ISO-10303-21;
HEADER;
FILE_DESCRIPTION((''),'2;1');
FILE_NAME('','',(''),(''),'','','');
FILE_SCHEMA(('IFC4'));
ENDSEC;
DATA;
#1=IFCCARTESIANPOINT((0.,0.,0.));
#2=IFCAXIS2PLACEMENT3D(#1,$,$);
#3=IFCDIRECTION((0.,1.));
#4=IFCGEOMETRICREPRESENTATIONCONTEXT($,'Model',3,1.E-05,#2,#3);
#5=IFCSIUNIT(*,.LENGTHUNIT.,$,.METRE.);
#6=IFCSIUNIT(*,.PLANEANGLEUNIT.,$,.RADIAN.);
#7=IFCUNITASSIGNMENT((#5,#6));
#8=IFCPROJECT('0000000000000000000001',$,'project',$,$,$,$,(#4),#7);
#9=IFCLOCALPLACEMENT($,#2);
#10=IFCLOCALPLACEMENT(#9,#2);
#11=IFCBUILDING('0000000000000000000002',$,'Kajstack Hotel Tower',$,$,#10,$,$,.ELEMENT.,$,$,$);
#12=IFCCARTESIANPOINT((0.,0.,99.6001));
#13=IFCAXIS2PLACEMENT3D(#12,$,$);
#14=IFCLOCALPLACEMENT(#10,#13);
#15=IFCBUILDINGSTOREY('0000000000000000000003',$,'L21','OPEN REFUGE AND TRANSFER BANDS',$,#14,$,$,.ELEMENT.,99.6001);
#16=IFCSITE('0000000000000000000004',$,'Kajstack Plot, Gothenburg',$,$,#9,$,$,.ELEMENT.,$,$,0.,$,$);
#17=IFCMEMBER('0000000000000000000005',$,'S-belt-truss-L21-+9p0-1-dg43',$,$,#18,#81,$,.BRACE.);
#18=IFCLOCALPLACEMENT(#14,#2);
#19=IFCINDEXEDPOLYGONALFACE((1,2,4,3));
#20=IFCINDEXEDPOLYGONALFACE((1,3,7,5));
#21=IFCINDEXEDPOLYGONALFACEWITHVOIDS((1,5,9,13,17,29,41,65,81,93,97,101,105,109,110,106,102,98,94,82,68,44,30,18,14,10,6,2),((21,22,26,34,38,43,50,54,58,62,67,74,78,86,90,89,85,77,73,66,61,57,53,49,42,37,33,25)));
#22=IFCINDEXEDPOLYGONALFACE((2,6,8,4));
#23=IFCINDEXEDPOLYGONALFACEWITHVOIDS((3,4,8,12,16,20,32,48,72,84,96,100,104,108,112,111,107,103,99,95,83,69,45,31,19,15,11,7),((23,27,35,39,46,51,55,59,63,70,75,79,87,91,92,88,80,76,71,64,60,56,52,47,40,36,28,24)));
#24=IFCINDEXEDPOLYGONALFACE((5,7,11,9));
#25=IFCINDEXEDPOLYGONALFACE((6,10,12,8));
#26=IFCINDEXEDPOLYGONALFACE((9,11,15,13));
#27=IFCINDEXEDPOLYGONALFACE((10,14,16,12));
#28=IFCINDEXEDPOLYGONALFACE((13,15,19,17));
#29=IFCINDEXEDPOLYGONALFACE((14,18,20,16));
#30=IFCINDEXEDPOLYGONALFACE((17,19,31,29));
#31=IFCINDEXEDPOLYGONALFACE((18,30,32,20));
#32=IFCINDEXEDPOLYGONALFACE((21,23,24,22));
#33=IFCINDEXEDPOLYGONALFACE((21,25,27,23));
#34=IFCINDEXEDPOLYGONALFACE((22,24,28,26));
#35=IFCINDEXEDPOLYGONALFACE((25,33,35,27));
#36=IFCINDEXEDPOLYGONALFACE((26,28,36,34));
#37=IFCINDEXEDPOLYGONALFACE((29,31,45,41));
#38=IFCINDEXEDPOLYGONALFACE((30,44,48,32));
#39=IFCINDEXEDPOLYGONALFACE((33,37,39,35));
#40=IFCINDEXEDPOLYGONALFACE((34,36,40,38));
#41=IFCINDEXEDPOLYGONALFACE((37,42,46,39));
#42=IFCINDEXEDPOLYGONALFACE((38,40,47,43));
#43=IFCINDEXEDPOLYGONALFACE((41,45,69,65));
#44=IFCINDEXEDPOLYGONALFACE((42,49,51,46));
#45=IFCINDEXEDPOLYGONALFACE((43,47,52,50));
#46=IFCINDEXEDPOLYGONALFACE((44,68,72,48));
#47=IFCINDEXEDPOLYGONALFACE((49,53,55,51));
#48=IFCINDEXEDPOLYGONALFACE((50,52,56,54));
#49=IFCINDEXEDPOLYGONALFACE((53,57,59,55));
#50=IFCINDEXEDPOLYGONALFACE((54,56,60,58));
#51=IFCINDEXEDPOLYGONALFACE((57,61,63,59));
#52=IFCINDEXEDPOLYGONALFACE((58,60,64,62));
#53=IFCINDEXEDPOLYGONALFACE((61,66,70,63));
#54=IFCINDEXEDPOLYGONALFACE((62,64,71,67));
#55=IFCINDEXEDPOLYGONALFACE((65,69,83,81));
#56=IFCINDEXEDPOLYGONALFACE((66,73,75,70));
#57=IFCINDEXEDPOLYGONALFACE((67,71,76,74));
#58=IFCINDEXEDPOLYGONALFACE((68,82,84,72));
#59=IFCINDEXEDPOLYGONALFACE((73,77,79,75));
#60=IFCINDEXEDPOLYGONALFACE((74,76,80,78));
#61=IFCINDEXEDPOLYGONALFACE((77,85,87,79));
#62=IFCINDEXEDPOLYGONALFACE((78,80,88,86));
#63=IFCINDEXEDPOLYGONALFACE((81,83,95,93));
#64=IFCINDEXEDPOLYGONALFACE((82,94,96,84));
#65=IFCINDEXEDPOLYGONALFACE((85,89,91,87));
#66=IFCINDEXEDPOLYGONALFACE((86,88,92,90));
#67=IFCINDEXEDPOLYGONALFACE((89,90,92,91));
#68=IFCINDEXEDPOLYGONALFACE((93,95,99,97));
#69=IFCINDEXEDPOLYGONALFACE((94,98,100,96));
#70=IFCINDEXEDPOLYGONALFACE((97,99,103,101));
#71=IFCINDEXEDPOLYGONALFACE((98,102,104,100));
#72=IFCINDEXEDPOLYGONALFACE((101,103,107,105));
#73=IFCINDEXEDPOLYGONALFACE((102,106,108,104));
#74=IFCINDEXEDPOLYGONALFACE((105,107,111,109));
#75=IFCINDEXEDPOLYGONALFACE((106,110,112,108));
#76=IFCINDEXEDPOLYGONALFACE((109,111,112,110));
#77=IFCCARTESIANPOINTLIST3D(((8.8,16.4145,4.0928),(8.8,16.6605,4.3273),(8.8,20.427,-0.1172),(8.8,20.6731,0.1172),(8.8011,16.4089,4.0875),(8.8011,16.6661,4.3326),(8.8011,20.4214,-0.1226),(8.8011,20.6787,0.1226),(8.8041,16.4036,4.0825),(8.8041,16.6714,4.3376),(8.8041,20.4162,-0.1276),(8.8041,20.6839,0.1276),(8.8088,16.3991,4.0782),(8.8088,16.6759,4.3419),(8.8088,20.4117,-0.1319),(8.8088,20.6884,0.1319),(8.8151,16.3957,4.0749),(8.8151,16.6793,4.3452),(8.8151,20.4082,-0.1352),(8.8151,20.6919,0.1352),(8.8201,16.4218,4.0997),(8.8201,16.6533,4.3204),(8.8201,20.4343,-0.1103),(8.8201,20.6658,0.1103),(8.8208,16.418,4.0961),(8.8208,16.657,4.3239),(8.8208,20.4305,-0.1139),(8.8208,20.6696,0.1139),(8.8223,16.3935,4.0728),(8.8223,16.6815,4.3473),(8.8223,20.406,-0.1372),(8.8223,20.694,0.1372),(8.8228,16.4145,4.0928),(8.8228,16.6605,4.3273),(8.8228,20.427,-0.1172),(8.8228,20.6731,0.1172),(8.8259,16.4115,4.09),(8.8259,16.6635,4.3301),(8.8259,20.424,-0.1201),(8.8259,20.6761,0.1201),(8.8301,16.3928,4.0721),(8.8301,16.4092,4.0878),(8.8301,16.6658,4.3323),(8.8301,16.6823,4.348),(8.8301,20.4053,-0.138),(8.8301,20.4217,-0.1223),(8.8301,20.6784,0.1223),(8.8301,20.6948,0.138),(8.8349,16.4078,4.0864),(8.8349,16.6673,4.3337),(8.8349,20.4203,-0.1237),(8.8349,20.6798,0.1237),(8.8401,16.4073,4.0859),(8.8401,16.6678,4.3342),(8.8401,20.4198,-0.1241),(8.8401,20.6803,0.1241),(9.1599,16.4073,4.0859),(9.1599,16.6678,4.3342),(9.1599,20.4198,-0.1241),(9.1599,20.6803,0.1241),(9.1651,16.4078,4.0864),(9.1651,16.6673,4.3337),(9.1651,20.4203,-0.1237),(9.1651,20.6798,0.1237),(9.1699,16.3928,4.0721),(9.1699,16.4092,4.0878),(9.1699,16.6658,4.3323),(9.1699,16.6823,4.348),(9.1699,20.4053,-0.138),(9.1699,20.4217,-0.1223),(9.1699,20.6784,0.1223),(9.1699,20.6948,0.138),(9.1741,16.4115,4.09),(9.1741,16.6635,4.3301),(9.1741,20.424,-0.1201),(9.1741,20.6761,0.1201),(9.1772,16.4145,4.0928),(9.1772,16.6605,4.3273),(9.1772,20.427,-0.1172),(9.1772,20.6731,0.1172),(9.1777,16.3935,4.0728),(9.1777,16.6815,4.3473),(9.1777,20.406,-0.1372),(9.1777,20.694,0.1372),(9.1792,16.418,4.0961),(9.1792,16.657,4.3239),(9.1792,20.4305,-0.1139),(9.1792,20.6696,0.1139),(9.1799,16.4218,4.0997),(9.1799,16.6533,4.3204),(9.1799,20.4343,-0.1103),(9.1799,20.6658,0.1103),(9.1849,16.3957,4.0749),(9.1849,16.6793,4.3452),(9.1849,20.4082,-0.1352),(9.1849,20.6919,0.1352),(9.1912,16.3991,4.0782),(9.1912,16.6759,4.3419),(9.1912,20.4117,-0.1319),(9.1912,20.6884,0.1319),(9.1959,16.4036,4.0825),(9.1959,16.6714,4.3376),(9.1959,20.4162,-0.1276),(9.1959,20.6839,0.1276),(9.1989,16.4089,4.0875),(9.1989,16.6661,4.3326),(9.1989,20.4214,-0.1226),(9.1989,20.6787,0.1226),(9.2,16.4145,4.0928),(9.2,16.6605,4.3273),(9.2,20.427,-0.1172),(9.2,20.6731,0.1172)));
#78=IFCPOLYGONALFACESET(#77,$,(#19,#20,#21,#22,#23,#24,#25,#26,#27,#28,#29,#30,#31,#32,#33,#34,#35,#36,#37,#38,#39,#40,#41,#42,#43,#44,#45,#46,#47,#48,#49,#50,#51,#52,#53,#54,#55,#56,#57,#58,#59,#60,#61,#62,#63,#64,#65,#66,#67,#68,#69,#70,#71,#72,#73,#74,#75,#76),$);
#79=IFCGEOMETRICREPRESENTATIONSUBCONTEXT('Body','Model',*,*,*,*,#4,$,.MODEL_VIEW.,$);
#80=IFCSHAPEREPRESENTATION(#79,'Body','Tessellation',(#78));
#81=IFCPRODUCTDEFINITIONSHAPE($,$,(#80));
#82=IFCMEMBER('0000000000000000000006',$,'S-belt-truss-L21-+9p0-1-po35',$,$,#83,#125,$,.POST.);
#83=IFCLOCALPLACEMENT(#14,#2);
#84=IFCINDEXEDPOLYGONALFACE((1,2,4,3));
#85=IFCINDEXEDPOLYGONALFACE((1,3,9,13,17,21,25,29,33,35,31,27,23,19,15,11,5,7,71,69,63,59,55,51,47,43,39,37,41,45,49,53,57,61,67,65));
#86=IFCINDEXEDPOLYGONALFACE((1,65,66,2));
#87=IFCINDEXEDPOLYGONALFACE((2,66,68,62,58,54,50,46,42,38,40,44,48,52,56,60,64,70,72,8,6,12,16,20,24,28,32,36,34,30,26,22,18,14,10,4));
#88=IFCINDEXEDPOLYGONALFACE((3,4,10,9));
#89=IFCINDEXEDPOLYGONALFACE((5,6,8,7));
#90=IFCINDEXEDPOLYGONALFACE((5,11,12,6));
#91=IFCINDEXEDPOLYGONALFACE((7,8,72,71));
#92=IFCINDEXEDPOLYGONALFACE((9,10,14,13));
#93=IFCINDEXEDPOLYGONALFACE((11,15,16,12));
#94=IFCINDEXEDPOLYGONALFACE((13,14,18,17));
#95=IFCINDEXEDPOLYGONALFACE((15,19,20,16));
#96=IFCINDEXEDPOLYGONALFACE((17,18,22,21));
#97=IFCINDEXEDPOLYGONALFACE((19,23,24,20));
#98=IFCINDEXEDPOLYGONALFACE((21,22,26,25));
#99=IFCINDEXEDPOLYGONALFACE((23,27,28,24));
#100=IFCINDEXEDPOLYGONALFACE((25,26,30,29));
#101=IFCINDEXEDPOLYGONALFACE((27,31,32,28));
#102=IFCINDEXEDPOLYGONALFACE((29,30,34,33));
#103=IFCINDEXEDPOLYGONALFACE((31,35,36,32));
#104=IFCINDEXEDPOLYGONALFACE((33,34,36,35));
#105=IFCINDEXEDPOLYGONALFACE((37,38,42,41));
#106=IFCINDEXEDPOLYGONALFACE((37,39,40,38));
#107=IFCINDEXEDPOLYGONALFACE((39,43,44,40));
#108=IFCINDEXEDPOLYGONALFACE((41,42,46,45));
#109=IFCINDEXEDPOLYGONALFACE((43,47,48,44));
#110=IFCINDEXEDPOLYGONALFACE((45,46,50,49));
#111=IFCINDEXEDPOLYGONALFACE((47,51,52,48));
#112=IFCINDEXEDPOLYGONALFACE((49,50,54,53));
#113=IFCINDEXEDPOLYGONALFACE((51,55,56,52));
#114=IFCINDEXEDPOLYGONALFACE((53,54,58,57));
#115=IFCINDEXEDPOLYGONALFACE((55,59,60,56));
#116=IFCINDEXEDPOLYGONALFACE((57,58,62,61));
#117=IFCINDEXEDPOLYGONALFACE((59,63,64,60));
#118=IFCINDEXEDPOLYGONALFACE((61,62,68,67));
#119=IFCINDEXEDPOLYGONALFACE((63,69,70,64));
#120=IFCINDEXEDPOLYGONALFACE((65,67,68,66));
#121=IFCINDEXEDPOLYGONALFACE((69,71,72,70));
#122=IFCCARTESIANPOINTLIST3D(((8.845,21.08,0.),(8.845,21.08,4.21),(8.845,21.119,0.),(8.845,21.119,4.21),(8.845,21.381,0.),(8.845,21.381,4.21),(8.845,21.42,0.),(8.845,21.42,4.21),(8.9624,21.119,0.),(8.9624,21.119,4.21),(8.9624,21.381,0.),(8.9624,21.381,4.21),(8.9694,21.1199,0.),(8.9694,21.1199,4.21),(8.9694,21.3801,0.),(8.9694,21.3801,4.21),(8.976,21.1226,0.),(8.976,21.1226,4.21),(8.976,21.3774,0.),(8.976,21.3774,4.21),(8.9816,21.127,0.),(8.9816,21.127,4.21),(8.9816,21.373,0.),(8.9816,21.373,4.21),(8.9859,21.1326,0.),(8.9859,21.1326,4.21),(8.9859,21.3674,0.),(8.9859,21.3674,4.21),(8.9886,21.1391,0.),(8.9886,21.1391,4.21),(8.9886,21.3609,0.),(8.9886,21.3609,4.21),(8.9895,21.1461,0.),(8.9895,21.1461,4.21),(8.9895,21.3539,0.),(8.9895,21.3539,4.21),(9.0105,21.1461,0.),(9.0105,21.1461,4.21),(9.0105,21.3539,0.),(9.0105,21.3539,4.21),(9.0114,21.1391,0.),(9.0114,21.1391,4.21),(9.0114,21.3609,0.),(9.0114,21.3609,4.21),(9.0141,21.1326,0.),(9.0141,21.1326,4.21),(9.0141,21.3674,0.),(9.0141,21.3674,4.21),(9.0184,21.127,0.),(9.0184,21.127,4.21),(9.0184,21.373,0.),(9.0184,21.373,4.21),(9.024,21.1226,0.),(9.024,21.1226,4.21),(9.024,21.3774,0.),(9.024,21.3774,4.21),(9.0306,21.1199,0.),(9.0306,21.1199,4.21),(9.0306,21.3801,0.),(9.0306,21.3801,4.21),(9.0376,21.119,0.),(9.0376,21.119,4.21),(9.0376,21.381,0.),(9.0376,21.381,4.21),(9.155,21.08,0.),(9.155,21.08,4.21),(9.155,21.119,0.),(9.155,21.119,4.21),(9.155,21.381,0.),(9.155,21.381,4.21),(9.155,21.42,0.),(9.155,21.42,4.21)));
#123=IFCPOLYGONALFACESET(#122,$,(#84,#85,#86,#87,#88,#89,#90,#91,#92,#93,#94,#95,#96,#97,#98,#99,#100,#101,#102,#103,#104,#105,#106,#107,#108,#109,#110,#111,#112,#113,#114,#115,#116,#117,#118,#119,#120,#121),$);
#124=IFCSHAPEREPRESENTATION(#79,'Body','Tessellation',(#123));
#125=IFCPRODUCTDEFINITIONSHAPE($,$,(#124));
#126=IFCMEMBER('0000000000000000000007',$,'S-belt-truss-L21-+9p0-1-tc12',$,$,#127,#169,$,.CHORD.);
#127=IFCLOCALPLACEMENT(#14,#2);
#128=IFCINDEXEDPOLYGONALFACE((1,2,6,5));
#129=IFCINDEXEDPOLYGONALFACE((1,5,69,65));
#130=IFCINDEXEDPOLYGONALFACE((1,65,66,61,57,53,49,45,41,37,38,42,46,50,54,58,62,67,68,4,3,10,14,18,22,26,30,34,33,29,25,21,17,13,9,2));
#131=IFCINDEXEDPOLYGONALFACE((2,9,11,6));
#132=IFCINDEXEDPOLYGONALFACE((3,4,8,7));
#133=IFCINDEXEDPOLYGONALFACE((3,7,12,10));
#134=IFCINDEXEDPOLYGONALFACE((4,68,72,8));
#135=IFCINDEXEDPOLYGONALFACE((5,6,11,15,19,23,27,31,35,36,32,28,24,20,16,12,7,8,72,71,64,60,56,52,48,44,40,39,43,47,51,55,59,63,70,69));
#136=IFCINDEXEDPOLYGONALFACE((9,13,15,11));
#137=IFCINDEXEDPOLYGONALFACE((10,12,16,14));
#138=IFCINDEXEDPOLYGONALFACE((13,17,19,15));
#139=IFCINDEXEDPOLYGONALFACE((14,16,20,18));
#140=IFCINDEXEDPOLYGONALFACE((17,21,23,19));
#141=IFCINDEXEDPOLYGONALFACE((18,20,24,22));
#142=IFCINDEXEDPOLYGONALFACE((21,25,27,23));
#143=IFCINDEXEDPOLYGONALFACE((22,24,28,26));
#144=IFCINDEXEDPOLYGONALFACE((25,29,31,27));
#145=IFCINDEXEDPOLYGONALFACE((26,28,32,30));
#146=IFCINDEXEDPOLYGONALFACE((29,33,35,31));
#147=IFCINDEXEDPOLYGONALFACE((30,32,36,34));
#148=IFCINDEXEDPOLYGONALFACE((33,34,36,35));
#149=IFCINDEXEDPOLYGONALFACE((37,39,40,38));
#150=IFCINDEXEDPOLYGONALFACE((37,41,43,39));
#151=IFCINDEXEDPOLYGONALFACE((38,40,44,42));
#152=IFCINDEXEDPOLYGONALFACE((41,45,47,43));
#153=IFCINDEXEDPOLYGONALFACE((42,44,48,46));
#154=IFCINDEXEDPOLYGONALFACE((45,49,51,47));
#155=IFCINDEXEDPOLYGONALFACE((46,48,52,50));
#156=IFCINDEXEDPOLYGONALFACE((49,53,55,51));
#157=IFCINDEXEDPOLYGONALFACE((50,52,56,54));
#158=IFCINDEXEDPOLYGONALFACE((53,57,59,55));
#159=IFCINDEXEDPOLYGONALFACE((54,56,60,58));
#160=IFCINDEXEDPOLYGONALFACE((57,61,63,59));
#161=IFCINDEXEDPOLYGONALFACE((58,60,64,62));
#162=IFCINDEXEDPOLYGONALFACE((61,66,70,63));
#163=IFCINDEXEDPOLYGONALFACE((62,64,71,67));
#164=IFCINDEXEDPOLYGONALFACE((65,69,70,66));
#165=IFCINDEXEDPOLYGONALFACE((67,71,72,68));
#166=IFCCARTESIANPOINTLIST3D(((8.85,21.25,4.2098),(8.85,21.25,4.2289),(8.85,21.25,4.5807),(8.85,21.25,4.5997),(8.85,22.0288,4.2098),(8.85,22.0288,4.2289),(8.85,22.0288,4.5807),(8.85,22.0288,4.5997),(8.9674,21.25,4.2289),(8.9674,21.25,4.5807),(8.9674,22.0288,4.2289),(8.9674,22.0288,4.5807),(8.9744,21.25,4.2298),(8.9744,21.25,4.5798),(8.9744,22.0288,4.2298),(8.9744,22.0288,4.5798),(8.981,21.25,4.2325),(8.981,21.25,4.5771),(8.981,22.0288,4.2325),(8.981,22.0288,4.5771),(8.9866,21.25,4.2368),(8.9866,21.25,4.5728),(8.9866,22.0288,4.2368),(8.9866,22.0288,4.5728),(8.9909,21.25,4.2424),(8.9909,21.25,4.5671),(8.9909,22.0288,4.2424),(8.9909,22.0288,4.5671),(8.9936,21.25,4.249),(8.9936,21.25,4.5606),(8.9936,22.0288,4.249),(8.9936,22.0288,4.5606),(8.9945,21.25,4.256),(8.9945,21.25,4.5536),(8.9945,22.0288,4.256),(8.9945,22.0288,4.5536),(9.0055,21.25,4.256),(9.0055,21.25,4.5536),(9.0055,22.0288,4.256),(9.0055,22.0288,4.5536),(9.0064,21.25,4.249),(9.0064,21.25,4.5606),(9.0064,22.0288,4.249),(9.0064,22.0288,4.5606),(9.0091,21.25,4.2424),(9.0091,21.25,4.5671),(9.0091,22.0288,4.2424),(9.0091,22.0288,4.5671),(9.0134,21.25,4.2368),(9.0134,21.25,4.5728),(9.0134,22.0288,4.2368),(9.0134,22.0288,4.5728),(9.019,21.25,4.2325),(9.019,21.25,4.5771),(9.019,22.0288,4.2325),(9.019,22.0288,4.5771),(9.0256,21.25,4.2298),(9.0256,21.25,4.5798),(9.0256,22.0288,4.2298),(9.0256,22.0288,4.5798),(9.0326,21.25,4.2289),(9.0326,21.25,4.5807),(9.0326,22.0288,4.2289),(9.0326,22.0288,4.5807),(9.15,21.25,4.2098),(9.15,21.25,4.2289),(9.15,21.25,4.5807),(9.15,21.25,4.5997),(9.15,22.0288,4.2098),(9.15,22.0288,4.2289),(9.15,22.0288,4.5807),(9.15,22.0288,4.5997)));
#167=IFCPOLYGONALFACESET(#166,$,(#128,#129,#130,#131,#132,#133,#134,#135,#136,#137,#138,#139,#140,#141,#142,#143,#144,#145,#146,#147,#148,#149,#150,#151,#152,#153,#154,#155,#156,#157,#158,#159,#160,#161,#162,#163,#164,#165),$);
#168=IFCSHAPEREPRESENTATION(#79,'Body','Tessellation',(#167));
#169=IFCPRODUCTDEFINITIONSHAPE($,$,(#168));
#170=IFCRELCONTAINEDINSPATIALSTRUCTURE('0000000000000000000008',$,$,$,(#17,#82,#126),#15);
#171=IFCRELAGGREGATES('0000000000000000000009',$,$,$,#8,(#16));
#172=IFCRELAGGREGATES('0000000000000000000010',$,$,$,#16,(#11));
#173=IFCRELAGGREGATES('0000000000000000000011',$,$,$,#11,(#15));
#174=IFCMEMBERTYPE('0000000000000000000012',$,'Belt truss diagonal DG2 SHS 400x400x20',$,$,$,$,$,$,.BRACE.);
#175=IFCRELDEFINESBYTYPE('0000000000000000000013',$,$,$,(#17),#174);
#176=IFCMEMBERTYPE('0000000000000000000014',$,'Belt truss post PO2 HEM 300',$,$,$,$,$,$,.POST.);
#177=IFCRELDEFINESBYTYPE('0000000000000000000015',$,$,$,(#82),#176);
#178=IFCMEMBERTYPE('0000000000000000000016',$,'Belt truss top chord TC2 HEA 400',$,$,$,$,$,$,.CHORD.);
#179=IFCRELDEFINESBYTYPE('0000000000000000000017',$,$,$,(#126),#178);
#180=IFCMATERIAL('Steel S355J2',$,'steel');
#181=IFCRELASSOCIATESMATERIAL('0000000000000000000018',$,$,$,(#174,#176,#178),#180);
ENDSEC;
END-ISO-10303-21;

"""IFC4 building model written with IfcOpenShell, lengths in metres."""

from ifc_helpers import new_model, si_unit, direction, frame, origin, origin_2d, place, context, subcontext, project, spatial, hollow_rectangle, i_section, extrude, material, material_profile, profile_set, type_object, element, save


model = new_model("IFC4")

# Units and contexts
model_context = context("Model", 3, precision=1e-05, world=origin(), true_north=direction((0.0, 1.0)))
body_context = subcontext(model_context, "Body", "Model", "MODEL_VIEW")
ifc_project = project(units=[si_unit("LENGTHUNIT", "METRE"), si_unit("PLANEANGLEUNIT", "RADIAN")], contexts=[model_context])

# Site, building, storey
site_placement = place(None, origin())
site = spatial("IfcSite", under=ifc_project, at=site_placement, Name="Kajstack Plot, Gothenburg", CompositionType="ELEMENT", RefElevation=0.0)
building_placement = place(site_placement, origin())
building = spatial("IfcBuilding", under=site, at=building_placement, Name="Kajstack Hotel Tower", CompositionType="ELEMENT")
storey_placement = place(building_placement, frame((0.0, 0.0, 99.6001)))
storey = spatial("IfcBuildingStorey", under=building, at=storey_placement, Name="L21", Description="OPEN REFUGE AND TRANSFER BANDS", CompositionType="ELEMENT", Elevation=99.6001)

# Members
ifc_material_1 = material(Name="Steel S355J2", Category="steel")
ifc_material_profile_1 = material_profile(ifc_material_1, hollow_rectangle(XDim=0.3999, YDim=0.3999, WallThickness=0.02, InnerFilletRadius=0.02, OuterFilletRadius=0.03, at=origin_2d()), Name="SHS 400x400x20")
ifc_profile_set_1 = profile_set([ifc_material_profile_1], Name="Steel S355J2")
member_type_1 = type_object("IfcMemberType", Name="Belt truss diagonal DG2 SHS 400x400x20", PredefinedType="BRACE", material=ifc_profile_set_1)
member_1_placement = place(storey_placement, frame((9.0, 20.55, 0.0), z_axis=(0.0, -0.689922, 0.723883), x_axis=(1.0, 0.0, 0.0)))
element("IfcMember", 1, at=member_1_placement, inside=storey, type_object=member_type_1, Name="S-belt-truss-L21-+9p0-1-dg43", PredefinedType="BRACE", context=body_context, shape_type="SweptSolid", body=[
    extrude(hollow_rectangle(XDim=0.3999, YDim=0.3999, WallThickness=0.02, InnerFilletRadius=0.02, OuterFilletRadius=0.03, at=origin_2d()), origin(), (0.0, 0.0, 1.0), 5.8159),
])
ifc_material_profile_2 = material_profile(ifc_material_1, i_section(OverallWidth=0.3101, OverallDepth=0.3401, WebThickness=0.021, FlangeThickness=0.0391, FilletRadius=0.0271, at=origin_2d()), Name="HEM 300")
ifc_profile_set_2 = profile_set([ifc_material_profile_2], Name="Steel S355J2")
member_type_2 = type_object("IfcMemberType", Name="Belt truss post PO2 HEM 300", PredefinedType="POST", material=ifc_profile_set_2)
member_2_placement = place(storey_placement, frame((9.0, 21.25, 0.0), z_axis=(0.0, 0.0, 1.0), x_axis=(1.0, 0.0, 0.0)))
element("IfcMember", 2, at=member_2_placement, inside=storey, type_object=member_type_2, Name="S-belt-truss-L21-+9p0-1-po35", PredefinedType="POST", context=body_context, shape_type="SweptSolid", body=[
    extrude(i_section(OverallWidth=0.3101, OverallDepth=0.3401, WebThickness=0.021, FlangeThickness=0.0391, FilletRadius=0.0271, at=origin_2d()), origin(), (0.0, 0.0, 1.0), 4.21),
])
ifc_material_profile_3 = material_profile(ifc_material_1, i_section(OverallWidth=0.3, OverallDepth=0.3899, WebThickness=0.011, FlangeThickness=0.019, FilletRadius=0.0271, at=origin_2d()), Name="HEA 400")
ifc_profile_set_3 = profile_set([ifc_material_profile_3], Name="Steel S355J2")
member_type_3 = type_object("IfcMemberType", Name="Belt truss top chord TC2 HEA 400", PredefinedType="CHORD", material=ifc_profile_set_3)
member_3_placement = place(storey_placement, frame((9.0, 21.25, 4.4048), z_axis=(0.0, 1.0, 0.0), x_axis=(-1.0, 0.0, 0.0)))
element("IfcMember", 3, at=member_3_placement, inside=storey, type_object=member_type_3, Name="S-belt-truss-L21-+9p0-1-tc12", PredefinedType="CHORD", context=body_context, shape_type="SweptSolid", body=[
    extrude(i_section(OverallWidth=0.3, OverallDepth=0.3899, WebThickness=0.011, FlangeThickness=0.019, FilletRadius=0.0271, at=origin_2d()), origin(), (0.0, 0.0, 1.0), 0.7788),
])

save(model, "model.ifc")
